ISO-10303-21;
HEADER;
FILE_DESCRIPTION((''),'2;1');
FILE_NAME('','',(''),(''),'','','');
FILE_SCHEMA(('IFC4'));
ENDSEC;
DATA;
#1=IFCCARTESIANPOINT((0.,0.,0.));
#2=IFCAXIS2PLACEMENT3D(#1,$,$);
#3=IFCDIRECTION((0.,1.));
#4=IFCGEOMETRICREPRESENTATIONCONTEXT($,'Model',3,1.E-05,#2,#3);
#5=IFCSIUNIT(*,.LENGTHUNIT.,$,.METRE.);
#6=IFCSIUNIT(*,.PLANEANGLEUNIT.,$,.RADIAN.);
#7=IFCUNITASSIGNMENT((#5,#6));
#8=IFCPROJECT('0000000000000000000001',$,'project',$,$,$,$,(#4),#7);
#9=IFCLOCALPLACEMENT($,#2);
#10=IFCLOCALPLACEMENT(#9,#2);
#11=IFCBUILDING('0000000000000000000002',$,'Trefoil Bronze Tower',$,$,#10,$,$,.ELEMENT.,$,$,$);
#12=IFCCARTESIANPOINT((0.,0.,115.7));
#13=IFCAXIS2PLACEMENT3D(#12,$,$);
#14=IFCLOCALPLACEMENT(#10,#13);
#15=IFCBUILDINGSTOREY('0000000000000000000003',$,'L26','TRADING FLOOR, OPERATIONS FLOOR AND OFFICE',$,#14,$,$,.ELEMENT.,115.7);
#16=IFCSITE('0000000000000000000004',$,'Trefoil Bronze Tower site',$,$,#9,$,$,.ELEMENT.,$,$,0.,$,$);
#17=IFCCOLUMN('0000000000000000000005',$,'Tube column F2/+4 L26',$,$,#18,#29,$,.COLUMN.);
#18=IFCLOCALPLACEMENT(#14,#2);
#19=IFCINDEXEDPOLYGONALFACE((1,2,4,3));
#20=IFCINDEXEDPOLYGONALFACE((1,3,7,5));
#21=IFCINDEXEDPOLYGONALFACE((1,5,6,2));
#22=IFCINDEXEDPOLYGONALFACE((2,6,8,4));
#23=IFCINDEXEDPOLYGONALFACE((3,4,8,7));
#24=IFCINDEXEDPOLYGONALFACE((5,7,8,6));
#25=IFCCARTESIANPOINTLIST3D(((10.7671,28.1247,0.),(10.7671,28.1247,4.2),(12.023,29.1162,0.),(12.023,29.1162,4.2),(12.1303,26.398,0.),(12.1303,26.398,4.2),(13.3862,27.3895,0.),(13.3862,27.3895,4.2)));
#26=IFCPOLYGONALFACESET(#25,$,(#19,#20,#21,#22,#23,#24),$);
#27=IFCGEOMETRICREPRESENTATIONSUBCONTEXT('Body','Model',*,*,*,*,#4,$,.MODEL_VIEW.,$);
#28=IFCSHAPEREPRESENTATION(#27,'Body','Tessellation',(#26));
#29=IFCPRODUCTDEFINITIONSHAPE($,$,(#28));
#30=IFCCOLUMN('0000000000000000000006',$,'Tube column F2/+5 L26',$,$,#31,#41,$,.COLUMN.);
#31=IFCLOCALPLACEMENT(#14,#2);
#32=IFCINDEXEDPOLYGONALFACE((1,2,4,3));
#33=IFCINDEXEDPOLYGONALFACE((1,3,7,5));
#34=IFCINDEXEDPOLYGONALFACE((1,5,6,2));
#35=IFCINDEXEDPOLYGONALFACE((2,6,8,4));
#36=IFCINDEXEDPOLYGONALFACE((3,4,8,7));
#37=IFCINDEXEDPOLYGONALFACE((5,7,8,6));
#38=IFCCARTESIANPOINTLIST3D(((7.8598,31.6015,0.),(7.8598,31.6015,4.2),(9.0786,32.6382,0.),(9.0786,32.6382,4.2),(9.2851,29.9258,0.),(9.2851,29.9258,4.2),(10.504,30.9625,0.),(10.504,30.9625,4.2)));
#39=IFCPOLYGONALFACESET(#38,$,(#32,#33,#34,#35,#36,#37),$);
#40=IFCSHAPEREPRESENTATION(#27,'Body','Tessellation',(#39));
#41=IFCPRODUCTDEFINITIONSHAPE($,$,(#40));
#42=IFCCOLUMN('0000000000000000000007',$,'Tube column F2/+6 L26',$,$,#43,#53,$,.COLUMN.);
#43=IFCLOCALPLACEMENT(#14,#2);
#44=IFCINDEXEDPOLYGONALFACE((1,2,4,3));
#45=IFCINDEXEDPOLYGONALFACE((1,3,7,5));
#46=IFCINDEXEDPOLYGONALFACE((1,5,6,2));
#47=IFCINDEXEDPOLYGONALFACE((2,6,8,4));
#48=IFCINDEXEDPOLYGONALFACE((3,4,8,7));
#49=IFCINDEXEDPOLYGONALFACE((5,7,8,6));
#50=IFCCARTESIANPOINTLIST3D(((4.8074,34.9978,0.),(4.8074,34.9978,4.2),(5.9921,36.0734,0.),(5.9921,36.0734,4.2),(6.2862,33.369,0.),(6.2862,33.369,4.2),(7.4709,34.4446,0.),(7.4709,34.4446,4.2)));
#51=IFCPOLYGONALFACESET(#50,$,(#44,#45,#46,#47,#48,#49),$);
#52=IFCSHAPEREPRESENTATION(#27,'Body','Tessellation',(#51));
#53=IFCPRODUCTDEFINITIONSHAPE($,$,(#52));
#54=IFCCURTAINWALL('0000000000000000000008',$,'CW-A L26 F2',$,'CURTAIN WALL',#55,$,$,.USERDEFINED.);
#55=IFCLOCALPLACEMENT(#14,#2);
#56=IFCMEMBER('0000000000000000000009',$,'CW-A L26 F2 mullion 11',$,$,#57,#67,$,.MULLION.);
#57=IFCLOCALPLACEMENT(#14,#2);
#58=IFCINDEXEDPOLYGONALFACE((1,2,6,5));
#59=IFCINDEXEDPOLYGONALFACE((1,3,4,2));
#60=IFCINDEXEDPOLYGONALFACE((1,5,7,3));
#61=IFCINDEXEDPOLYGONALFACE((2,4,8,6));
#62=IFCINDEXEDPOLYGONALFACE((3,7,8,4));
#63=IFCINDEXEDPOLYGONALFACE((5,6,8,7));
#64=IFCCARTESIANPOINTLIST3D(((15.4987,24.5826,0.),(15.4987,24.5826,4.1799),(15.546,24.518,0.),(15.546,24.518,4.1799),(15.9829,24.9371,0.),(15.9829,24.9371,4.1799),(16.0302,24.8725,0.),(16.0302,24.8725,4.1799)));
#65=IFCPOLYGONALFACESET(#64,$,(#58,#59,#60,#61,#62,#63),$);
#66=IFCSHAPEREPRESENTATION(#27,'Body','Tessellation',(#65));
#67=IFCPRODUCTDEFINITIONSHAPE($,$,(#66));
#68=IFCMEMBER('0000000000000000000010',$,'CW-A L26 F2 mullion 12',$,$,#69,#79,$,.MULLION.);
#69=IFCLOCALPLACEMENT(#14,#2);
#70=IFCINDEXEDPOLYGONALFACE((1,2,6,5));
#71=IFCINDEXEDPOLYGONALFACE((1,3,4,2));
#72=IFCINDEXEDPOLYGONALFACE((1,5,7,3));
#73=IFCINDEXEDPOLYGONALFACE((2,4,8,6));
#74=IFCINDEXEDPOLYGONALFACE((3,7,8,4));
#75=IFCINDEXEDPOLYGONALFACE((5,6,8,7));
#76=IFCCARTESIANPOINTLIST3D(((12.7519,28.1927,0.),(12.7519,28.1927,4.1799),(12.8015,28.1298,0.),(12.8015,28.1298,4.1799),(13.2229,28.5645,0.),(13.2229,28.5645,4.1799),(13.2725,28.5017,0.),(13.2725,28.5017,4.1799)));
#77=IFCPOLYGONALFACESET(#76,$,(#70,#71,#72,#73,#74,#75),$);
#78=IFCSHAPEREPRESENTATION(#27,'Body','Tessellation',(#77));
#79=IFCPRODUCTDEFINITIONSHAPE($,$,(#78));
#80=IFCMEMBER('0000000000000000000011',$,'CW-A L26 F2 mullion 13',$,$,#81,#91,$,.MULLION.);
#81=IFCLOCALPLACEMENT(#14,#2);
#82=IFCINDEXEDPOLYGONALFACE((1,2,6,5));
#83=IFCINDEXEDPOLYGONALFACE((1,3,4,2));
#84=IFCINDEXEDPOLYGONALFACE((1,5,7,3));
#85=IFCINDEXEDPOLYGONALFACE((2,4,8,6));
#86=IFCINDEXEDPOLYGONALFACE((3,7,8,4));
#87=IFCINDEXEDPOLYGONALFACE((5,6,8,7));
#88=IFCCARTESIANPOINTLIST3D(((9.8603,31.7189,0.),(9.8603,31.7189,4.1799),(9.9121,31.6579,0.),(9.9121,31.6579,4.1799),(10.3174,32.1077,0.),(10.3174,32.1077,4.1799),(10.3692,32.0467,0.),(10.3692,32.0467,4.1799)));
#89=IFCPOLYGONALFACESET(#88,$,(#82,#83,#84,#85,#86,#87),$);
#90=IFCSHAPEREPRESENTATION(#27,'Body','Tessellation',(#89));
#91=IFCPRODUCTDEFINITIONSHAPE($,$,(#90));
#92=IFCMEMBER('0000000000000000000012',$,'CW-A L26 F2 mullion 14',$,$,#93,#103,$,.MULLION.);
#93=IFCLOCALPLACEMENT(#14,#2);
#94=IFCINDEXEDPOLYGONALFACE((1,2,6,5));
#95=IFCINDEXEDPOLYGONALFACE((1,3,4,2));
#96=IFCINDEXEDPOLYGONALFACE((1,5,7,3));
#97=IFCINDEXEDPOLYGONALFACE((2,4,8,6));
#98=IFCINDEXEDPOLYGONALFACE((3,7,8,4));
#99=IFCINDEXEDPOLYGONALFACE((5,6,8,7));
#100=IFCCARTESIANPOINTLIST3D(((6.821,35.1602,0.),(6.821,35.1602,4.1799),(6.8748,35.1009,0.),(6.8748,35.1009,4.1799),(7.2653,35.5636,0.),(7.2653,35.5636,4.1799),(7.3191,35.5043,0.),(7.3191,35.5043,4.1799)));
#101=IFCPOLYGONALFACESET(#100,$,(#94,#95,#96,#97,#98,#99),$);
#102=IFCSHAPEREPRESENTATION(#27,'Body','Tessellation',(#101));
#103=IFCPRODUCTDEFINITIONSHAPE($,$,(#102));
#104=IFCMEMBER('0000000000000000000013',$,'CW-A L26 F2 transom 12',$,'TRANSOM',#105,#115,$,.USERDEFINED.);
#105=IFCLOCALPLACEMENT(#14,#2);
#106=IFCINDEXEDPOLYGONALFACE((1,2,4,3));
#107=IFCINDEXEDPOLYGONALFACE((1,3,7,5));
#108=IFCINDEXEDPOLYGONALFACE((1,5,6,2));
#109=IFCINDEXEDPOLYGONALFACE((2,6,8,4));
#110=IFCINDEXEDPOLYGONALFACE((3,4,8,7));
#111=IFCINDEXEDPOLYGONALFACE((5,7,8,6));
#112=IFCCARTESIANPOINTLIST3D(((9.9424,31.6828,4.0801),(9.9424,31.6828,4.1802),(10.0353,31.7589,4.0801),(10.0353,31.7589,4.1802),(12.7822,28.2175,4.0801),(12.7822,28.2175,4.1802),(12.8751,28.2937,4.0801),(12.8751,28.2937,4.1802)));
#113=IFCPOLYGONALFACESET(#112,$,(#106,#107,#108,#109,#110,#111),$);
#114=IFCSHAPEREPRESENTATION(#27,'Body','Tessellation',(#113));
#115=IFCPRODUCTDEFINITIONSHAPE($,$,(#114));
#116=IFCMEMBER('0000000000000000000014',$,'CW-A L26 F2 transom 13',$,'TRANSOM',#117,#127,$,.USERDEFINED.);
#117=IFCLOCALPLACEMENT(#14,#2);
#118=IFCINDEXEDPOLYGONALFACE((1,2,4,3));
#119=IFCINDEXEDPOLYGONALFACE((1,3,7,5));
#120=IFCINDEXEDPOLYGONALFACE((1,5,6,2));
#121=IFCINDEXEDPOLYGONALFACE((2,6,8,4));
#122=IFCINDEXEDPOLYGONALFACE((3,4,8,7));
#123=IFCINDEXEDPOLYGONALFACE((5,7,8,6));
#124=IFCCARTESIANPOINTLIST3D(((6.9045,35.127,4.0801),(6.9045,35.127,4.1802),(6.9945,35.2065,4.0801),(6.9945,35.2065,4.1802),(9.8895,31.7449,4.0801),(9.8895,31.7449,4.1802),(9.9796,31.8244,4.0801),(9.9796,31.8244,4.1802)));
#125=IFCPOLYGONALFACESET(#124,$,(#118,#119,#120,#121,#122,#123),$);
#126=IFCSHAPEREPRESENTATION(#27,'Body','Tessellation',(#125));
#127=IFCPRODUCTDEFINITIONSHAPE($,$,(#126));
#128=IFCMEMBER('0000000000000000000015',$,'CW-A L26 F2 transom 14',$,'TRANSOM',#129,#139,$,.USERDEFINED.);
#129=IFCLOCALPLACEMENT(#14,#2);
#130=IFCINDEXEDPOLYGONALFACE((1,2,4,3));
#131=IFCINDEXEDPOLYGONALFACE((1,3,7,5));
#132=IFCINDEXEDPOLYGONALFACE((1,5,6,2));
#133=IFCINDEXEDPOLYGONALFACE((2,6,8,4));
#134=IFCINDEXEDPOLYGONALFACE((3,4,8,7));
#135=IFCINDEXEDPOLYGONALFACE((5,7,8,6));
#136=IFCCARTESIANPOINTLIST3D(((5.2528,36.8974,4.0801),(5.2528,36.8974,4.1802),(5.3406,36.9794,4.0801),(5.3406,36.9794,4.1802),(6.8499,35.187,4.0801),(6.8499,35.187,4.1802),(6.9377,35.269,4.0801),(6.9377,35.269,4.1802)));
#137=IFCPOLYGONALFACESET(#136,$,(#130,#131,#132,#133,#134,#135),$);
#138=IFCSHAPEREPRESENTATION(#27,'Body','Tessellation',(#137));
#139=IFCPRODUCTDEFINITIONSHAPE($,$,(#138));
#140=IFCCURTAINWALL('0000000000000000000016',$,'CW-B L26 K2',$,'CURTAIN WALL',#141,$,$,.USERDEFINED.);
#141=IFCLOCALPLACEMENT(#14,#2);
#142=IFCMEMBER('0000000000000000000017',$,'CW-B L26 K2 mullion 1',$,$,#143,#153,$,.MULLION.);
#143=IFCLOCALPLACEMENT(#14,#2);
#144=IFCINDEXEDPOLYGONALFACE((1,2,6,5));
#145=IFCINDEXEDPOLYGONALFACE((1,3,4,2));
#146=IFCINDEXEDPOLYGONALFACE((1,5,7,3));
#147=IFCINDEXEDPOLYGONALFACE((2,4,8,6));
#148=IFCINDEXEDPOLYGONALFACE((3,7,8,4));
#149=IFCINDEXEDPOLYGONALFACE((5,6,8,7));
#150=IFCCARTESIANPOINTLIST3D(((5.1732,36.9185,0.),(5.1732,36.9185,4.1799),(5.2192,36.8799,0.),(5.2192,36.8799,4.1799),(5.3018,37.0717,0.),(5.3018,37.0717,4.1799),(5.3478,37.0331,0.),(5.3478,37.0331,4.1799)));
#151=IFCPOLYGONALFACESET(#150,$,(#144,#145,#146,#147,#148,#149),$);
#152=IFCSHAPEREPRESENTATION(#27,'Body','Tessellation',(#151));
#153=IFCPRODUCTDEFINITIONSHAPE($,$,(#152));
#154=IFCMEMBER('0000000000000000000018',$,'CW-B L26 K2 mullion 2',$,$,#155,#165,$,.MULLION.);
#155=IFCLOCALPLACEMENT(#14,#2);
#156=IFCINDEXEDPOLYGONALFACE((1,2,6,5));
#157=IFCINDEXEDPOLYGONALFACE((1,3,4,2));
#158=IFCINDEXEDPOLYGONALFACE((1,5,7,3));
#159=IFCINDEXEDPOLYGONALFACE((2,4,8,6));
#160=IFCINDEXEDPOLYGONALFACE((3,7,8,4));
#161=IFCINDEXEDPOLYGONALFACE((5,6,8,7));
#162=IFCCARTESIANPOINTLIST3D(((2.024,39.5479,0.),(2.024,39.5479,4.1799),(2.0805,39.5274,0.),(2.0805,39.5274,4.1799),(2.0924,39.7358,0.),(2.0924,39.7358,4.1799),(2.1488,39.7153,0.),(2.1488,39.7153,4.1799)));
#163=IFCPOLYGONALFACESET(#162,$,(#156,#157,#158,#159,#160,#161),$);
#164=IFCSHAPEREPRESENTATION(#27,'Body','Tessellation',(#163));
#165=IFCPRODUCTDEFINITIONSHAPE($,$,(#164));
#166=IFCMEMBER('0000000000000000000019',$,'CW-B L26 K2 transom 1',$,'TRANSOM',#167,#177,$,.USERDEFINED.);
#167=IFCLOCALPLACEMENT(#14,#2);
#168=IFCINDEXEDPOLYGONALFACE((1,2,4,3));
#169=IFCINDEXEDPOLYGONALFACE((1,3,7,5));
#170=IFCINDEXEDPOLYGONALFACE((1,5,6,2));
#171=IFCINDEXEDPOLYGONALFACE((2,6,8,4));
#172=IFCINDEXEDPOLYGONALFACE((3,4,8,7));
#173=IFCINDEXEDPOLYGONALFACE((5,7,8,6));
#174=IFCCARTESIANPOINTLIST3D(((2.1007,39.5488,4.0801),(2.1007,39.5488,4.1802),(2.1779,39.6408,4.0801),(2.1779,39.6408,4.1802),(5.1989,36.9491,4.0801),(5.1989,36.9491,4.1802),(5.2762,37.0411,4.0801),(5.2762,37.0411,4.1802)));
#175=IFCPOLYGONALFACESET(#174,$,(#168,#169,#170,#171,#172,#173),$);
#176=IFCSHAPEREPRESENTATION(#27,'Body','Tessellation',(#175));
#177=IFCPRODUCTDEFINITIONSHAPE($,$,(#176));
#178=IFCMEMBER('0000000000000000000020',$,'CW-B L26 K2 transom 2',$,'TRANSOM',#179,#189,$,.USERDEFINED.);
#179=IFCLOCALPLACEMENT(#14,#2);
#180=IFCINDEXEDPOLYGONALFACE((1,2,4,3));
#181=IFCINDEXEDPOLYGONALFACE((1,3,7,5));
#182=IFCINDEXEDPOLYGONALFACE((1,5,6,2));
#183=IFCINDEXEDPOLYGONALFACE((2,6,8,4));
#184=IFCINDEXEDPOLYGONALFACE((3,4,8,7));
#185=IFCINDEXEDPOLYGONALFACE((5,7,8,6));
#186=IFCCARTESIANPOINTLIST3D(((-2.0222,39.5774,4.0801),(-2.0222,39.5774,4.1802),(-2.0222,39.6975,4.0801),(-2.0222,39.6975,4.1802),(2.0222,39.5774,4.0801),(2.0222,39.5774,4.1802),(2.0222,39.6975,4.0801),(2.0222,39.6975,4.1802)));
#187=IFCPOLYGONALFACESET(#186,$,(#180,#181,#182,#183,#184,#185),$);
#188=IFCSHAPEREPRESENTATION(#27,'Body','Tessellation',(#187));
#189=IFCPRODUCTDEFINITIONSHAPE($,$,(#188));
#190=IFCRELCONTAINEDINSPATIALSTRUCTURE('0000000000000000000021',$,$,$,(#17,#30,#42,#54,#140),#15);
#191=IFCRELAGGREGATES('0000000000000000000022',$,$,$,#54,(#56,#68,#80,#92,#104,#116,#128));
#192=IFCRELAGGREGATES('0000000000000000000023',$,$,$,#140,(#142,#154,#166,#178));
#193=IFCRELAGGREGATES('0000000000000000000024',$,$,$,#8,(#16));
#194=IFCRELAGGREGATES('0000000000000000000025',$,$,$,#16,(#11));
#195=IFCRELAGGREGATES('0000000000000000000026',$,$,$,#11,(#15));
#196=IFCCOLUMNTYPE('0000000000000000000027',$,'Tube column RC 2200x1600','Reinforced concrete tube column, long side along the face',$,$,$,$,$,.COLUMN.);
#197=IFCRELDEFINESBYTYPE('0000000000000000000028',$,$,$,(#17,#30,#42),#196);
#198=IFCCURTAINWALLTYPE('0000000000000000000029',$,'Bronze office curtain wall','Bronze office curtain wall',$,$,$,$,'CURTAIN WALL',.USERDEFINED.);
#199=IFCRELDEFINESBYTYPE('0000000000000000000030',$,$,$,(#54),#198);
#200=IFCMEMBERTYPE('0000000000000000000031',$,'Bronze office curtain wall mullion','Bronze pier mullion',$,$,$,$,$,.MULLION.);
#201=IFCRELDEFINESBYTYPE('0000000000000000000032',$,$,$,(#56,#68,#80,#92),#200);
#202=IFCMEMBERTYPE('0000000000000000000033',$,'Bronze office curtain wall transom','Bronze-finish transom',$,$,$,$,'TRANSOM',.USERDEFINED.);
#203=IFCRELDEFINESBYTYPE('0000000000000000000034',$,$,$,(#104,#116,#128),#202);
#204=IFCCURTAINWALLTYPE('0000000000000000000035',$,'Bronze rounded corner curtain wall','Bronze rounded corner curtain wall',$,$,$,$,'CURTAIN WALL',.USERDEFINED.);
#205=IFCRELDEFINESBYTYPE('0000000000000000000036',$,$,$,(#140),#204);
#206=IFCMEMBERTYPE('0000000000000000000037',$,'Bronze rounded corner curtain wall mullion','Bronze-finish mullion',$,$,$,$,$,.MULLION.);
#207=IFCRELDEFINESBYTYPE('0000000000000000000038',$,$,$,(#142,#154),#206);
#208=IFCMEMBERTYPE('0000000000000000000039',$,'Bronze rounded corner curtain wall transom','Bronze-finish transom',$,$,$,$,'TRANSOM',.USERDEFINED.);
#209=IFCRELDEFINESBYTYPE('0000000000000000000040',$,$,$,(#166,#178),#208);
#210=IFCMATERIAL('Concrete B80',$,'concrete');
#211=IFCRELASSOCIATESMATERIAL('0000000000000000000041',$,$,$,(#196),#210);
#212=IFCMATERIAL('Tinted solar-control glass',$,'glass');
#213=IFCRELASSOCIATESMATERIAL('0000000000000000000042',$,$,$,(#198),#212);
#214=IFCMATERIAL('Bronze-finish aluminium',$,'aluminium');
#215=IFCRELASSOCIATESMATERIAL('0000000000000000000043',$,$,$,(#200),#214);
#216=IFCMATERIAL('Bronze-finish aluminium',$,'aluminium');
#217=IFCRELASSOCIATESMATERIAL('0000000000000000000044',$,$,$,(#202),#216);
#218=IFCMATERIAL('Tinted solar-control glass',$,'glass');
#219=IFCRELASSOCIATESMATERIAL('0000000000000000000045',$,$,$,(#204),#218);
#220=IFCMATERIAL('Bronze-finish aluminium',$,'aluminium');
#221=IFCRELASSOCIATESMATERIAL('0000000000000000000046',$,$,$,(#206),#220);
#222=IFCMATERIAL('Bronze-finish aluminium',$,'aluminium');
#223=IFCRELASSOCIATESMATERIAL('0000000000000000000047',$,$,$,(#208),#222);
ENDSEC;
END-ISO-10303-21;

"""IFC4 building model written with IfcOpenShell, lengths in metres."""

from ifc_helpers import new_model, si_unit, direction, frame, origin, origin_2d, place, context, subcontext, project, spatial, rectangle, extrude, material, material_profile, profile_set, type_object, element, aggregate, save


model = new_model("IFC4")

# Units and contexts
model_context = context("Model", 3, precision=1e-05, world=origin(), true_north=direction((0.0, 1.0)))
body_context = subcontext(model_context, "Body", "Model", "MODEL_VIEW")
ifc_project = project(units=[si_unit("LENGTHUNIT", "METRE"), si_unit("PLANEANGLEUNIT", "RADIAN")], contexts=[model_context])

# Site, building, storey
site_placement = place(None, origin())
site = spatial("IfcSite", under=ifc_project, at=site_placement, Name="Trefoil Bronze Tower site", CompositionType="ELEMENT", RefElevation=0.0)
building_placement = place(site_placement, origin())
building = spatial("IfcBuilding", under=site, at=building_placement, Name="Trefoil Bronze Tower", CompositionType="ELEMENT")
storey_placement = place(building_placement, frame((0.0, 0.0, 115.7)))
storey = spatial("IfcBuildingStorey", under=building, at=storey_placement, Name="L26", Description="TRADING FLOOR, OPERATIONS FLOOR AND OFFICE", CompositionType="ELEMENT", Elevation=115.7)

# Columns
ifc_material_1 = material(Name="Concrete B80", Category="concrete")
ifc_material_profile_1 = material_profile(ifc_material_1, rectangle(XDim=2.2, YDim=1.6001, at=origin_2d()), Name="RC 2200x1600")
ifc_profile_set_1 = profile_set([ifc_material_profile_1], Name="Concrete B80")
column_type = type_object("IfcColumnType", Name="Tube column RC 2200x1600", Description="Reinforced concrete tube column, long side along the face", PredefinedType="COLUMN", material=ifc_profile_set_1)
for number, where, z_axis, x_axis, name in (
    (1, (12.0767, 27.7571, 0.0), (0.0, 0.0, 1.0), (-0.619649, 0.784879, 0.0), "Tube column F2/+4 L26"),
    (2, (9.1819, 31.282, 0.0), (0.0, 0.0, 1.0), (-0.647904, 0.761722, 0.0), "Tube column F2/+5 L26"),
    (3, (6.1392, 34.7212, 0.0), (0.0, 0.0, 1.0), (-0.67221, 0.740361, 0.0), "Tube column F2/+6 L26"),
):
    element("IfcColumn", number, at=place(storey_placement, frame(where, z_axis=z_axis, x_axis=x_axis)), inside=storey, type_object=column_type, Name=name, PredefinedType="COLUMN", context=body_context, shape_type="SweptSolid", body=[
        extrude(rectangle(XDim=2.2, YDim=1.6001, at=origin_2d()), origin(), (0.0, 0.0, 1.0), 4.2),
    ])

# Curtain walls, members
ifc_material_2 = material(Name="Tinted solar-control glass", Category="glass")
curtain_wall_type_1 = type_object("IfcCurtainWallType", Name="Bronze office curtain wall", Description="Bronze office curtain wall", ElementType="CURTAIN WALL", PredefinedType="USERDEFINED", material=ifc_material_2)
curtain_wall_1_placement = place(storey_placement, origin())
curtain_wall_1 = element("IfcCurtainWall", 4, at=curtain_wall_1_placement, inside=storey, type_object=curtain_wall_type_1, Name="CW-A L26 F2", ObjectType="CURTAIN WALL", PredefinedType="USERDEFINED")
ifc_material_3 = material(Name="Bronze-finish aluminium", Category="aluminium")
ifc_material_profile_2 = material_profile(ifc_material_3, rectangle(XDim=0.6001, YDim=0.0801, at=origin_2d()), Name="CW-A mullion")
ifc_profile_set_2 = profile_set([ifc_material_profile_2], Name="Bronze-finish aluminium")
member_type_1 = type_object("IfcMemberType", Name="Bronze office curtain wall mullion", Description="Bronze pier mullion", PredefinedType="MULLION", material=ifc_profile_set_2)
member_1_placement = place(storey_placement, frame((15.7644, 24.7275, 0.0), z_axis=(0.0, 0.0, 1.0), x_axis=(-0.806875, -0.590723, 0.0)))
member_1 = element("IfcMember", 5, at=member_1_placement, type_object=member_type_1, Name="CW-A L26 F2 mullion 11", PredefinedType="MULLION", context=body_context, shape_type="SweptSolid", body=[
    extrude(rectangle(XDim=0.6001, YDim=0.0801, at=origin_2d()), origin(), (0.0, 0.0, 1.0), 4.1799),
])
member_2_placement = place(storey_placement, frame((13.0122, 28.3472, 0.0), z_axis=(0.0, 0.0, 1.0), x_axis=(-0.784879, -0.619649, 0.0)))
member_2 = element("IfcMember", 6, at=member_2_placement, type_object=member_type_1, Name="CW-A L26 F2 mullion 12", PredefinedType="MULLION", context=body_context, shape_type="SweptSolid", body=[
    extrude(rectangle(XDim=0.6001, YDim=0.0801, at=origin_2d()), origin(), (0.0, 0.0, 1.0), 4.1799),
])
member_3_placement = place(storey_placement, frame((10.1147, 31.8828, 0.0), z_axis=(0.0, 0.0, 1.0), x_axis=(-0.761722, -0.647904, 0.0)))
member_3 = element("IfcMember", 7, at=member_3_placement, type_object=member_type_1, Name="CW-A L26 F2 mullion 13", PredefinedType="MULLION", context=body_context, shape_type="SweptSolid", body=[
    extrude(rectangle(XDim=0.6001, YDim=0.0801, at=origin_2d()), origin(), (0.0, 0.0, 1.0), 4.1799),
])
member_4_placement = place(storey_placement, frame((7.0701, 35.3323, 0.0), z_axis=(0.0, 0.0, 1.0), x_axis=(-0.740361, -0.67221, 0.0)))
member_4 = element("IfcMember", 8, at=member_4_placement, type_object=member_type_1, Name="CW-A L26 F2 mullion 14", PredefinedType="MULLION", context=body_context, shape_type="SweptSolid", body=[
    extrude(rectangle(XDim=0.6001, YDim=0.0801, at=origin_2d()), origin(), (0.0, 0.0, 1.0), 4.1799),
])
ifc_material_4 = material(Name="Bronze-finish aluminium", Category="aluminium")
ifc_material_profile_3 = material_profile(ifc_material_4, rectangle(XDim=0.1201, YDim=0.1001, at=origin_2d()), Name="CW-A transom")
ifc_profile_set_3 = profile_set([ifc_material_profile_3], Name="Bronze-finish aluminium")
member_type_2 = type_object("IfcMemberType", Name="Bronze office curtain wall transom", Description="Bronze-finish transom", ElementType="TRANSOM", PredefinedType="USERDEFINED", material=ifc_profile_set_3)
member_5_placement = place(storey_placement, frame((12.8286, 28.2556, 4.1301), z_axis=(-0.633849, 0.773457, 0.0), x_axis=(-0.773457, -0.633849, 0.0)))
member_5 = element("IfcMember", 9, at=member_5_placement, type_object=member_type_2, Name="CW-A L26 F2 transom 12", ObjectType="TRANSOM", PredefinedType="USERDEFINED", context=body_context, shape_type="SweptSolid", body=[
    extrude(rectangle(XDim=0.1201, YDim=0.1001, at=origin_2d()), origin(), (0.0, 0.0, 1.0), 4.4802),
])
member_6_placement = place(storey_placement, frame((9.9346, 31.7847, 4.1301), z_axis=(-0.661736, 0.749737, 0.0), x_axis=(-0.749737, -0.661736, 0.0)))
member_6 = element("IfcMember", 10, at=member_6_placement, type_object=member_type_2, Name="CW-A L26 F2 transom 13", ObjectType="TRANSOM", PredefinedType="USERDEFINED", context=body_context, shape_type="SweptSolid", body=[
    extrude(rectangle(XDim=0.1201, YDim=0.1001, at=origin_2d()), origin(), (0.0, 0.0, 1.0), 4.511),
])
member_7_placement = place(storey_placement, frame((6.8938, 35.228, 4.1301), z_axis=(-0.682489, 0.730896, 0.0), x_axis=(-0.730896, -0.682489, 0.0)))
member_7 = element("IfcMember", 11, at=member_7_placement, type_object=member_type_2, Name="CW-A L26 F2 transom 14", ObjectType="TRANSOM", PredefinedType="USERDEFINED", context=body_context, shape_type="SweptSolid", body=[
    extrude(rectangle(XDim=0.1201, YDim=0.1001, at=origin_2d()), origin(), (0.0, 0.0, 1.0), 2.3401),
])
ifc_material_5 = material(Name="Tinted solar-control glass", Category="glass")
curtain_wall_type_2 = type_object("IfcCurtainWallType", Name="Bronze rounded corner curtain wall", Description="Bronze rounded corner curtain wall", ElementType="CURTAIN WALL", PredefinedType="USERDEFINED", material=ifc_material_5)
curtain_wall_2_placement = place(storey_placement, origin())
curtain_wall_2 = element("IfcCurtainWall", 12, at=curtain_wall_2_placement, inside=storey, type_object=curtain_wall_type_2, Name="CW-B L26 K2", ObjectType="CURTAIN WALL", PredefinedType="USERDEFINED")
ifc_material_6 = material(Name="Bronze-finish aluminium", Category="aluminium")
ifc_material_profile_4 = material_profile(ifc_material_6, rectangle(XDim=0.2, YDim=0.0601, at=origin_2d()), Name="CW-B mullion")
ifc_profile_set_4 = profile_set([ifc_material_profile_4], Name="Bronze-finish aluminium")
member_type_3 = type_object("IfcMemberType", Name="Bronze rounded corner curtain wall mullion", Description="Bronze-finish mullion", PredefinedType="MULLION", material=ifc_profile_set_4)
member_8_placement = place(storey_placement, frame((5.2605, 36.9758, 0.0), z_axis=(0.0, 0.0, 1.0), x_axis=(-0.642788, -0.766044, 0.0)))
member_8 = element("IfcMember", 13, at=member_8_placement, type_object=member_type_3, Name="CW-B L26 K2 mullion 1", PredefinedType="MULLION", context=body_context, shape_type="SweptSolid", body=[
    extrude(rectangle(XDim=0.2, YDim=0.0601, at=origin_2d()), origin(), (0.0, 0.0, 1.0), 4.1799),
])
member_9_placement = place(storey_placement, frame((2.0864, 39.6316, 0.0), z_axis=(0.0, 0.0, 1.0), x_axis=(-0.34202, -0.939693, 0.0)))
member_9 = element("IfcMember", 14, at=member_9_placement, type_object=member_type_3, Name="CW-B L26 K2 mullion 2", PredefinedType="MULLION", context=body_context, shape_type="SweptSolid", body=[
    extrude(rectangle(XDim=0.2, YDim=0.0601, at=origin_2d()), origin(), (0.0, 0.0, 1.0), 4.1799),
])
ifc_material_7 = material(Name="Bronze-finish aluminium", Category="aluminium")
ifc_material_profile_5 = material_profile(ifc_material_7, rectangle(XDim=0.1201, YDim=0.1001, at=origin_2d()), Name="CW-B transom")
ifc_profile_set_5 = profile_set([ifc_material_profile_5], Name="Bronze-finish aluminium")
member_type_4 = type_object("IfcMemberType", Name="Bronze rounded corner curtain wall transom", Description="Bronze-finish transom", ElementType="TRANSOM", PredefinedType="USERDEFINED", material=ifc_profile_set_5)
member_10_placement = place(storey_placement, frame((5.2375, 36.9951, 4.1301), z_axis=(-0.76605, 0.642781, 0.0), x_axis=(-0.642781, -0.76605, 0.0)))
member_10 = element("IfcMember", 15, at=member_10_placement, type_object=member_type_4, Name="CW-B L26 K2 transom 1", ObjectType="TRANSOM", PredefinedType="USERDEFINED", context=body_context, shape_type="SweptSolid", body=[
    extrude(rectangle(XDim=0.1201, YDim=0.1001, at=origin_2d()), origin(), (0.0, 0.0, 1.0), 4.0444),
])
member_11_placement = place(storey_placement, frame((2.0222, 39.6375, 4.1301), z_axis=(-1.0, 0.0, 0.0), x_axis=(0.0, -1.0, 0.0)))
member_11 = element("IfcMember", 16, at=member_11_placement, type_object=member_type_4, Name="CW-B L26 K2 transom 2", ObjectType="TRANSOM", PredefinedType="USERDEFINED", context=body_context, shape_type="SweptSolid", body=[
    extrude(rectangle(XDim=0.1201, YDim=0.1001, at=origin_2d()), origin(), (0.0, 0.0, 1.0), 4.0444),
])

aggregate(curtain_wall_1, [member_1, member_2, member_3, member_4, member_5, member_6, member_7])
aggregate(curtain_wall_2, [member_8, member_9, member_10, member_11])

save(model, "model.ifc")
